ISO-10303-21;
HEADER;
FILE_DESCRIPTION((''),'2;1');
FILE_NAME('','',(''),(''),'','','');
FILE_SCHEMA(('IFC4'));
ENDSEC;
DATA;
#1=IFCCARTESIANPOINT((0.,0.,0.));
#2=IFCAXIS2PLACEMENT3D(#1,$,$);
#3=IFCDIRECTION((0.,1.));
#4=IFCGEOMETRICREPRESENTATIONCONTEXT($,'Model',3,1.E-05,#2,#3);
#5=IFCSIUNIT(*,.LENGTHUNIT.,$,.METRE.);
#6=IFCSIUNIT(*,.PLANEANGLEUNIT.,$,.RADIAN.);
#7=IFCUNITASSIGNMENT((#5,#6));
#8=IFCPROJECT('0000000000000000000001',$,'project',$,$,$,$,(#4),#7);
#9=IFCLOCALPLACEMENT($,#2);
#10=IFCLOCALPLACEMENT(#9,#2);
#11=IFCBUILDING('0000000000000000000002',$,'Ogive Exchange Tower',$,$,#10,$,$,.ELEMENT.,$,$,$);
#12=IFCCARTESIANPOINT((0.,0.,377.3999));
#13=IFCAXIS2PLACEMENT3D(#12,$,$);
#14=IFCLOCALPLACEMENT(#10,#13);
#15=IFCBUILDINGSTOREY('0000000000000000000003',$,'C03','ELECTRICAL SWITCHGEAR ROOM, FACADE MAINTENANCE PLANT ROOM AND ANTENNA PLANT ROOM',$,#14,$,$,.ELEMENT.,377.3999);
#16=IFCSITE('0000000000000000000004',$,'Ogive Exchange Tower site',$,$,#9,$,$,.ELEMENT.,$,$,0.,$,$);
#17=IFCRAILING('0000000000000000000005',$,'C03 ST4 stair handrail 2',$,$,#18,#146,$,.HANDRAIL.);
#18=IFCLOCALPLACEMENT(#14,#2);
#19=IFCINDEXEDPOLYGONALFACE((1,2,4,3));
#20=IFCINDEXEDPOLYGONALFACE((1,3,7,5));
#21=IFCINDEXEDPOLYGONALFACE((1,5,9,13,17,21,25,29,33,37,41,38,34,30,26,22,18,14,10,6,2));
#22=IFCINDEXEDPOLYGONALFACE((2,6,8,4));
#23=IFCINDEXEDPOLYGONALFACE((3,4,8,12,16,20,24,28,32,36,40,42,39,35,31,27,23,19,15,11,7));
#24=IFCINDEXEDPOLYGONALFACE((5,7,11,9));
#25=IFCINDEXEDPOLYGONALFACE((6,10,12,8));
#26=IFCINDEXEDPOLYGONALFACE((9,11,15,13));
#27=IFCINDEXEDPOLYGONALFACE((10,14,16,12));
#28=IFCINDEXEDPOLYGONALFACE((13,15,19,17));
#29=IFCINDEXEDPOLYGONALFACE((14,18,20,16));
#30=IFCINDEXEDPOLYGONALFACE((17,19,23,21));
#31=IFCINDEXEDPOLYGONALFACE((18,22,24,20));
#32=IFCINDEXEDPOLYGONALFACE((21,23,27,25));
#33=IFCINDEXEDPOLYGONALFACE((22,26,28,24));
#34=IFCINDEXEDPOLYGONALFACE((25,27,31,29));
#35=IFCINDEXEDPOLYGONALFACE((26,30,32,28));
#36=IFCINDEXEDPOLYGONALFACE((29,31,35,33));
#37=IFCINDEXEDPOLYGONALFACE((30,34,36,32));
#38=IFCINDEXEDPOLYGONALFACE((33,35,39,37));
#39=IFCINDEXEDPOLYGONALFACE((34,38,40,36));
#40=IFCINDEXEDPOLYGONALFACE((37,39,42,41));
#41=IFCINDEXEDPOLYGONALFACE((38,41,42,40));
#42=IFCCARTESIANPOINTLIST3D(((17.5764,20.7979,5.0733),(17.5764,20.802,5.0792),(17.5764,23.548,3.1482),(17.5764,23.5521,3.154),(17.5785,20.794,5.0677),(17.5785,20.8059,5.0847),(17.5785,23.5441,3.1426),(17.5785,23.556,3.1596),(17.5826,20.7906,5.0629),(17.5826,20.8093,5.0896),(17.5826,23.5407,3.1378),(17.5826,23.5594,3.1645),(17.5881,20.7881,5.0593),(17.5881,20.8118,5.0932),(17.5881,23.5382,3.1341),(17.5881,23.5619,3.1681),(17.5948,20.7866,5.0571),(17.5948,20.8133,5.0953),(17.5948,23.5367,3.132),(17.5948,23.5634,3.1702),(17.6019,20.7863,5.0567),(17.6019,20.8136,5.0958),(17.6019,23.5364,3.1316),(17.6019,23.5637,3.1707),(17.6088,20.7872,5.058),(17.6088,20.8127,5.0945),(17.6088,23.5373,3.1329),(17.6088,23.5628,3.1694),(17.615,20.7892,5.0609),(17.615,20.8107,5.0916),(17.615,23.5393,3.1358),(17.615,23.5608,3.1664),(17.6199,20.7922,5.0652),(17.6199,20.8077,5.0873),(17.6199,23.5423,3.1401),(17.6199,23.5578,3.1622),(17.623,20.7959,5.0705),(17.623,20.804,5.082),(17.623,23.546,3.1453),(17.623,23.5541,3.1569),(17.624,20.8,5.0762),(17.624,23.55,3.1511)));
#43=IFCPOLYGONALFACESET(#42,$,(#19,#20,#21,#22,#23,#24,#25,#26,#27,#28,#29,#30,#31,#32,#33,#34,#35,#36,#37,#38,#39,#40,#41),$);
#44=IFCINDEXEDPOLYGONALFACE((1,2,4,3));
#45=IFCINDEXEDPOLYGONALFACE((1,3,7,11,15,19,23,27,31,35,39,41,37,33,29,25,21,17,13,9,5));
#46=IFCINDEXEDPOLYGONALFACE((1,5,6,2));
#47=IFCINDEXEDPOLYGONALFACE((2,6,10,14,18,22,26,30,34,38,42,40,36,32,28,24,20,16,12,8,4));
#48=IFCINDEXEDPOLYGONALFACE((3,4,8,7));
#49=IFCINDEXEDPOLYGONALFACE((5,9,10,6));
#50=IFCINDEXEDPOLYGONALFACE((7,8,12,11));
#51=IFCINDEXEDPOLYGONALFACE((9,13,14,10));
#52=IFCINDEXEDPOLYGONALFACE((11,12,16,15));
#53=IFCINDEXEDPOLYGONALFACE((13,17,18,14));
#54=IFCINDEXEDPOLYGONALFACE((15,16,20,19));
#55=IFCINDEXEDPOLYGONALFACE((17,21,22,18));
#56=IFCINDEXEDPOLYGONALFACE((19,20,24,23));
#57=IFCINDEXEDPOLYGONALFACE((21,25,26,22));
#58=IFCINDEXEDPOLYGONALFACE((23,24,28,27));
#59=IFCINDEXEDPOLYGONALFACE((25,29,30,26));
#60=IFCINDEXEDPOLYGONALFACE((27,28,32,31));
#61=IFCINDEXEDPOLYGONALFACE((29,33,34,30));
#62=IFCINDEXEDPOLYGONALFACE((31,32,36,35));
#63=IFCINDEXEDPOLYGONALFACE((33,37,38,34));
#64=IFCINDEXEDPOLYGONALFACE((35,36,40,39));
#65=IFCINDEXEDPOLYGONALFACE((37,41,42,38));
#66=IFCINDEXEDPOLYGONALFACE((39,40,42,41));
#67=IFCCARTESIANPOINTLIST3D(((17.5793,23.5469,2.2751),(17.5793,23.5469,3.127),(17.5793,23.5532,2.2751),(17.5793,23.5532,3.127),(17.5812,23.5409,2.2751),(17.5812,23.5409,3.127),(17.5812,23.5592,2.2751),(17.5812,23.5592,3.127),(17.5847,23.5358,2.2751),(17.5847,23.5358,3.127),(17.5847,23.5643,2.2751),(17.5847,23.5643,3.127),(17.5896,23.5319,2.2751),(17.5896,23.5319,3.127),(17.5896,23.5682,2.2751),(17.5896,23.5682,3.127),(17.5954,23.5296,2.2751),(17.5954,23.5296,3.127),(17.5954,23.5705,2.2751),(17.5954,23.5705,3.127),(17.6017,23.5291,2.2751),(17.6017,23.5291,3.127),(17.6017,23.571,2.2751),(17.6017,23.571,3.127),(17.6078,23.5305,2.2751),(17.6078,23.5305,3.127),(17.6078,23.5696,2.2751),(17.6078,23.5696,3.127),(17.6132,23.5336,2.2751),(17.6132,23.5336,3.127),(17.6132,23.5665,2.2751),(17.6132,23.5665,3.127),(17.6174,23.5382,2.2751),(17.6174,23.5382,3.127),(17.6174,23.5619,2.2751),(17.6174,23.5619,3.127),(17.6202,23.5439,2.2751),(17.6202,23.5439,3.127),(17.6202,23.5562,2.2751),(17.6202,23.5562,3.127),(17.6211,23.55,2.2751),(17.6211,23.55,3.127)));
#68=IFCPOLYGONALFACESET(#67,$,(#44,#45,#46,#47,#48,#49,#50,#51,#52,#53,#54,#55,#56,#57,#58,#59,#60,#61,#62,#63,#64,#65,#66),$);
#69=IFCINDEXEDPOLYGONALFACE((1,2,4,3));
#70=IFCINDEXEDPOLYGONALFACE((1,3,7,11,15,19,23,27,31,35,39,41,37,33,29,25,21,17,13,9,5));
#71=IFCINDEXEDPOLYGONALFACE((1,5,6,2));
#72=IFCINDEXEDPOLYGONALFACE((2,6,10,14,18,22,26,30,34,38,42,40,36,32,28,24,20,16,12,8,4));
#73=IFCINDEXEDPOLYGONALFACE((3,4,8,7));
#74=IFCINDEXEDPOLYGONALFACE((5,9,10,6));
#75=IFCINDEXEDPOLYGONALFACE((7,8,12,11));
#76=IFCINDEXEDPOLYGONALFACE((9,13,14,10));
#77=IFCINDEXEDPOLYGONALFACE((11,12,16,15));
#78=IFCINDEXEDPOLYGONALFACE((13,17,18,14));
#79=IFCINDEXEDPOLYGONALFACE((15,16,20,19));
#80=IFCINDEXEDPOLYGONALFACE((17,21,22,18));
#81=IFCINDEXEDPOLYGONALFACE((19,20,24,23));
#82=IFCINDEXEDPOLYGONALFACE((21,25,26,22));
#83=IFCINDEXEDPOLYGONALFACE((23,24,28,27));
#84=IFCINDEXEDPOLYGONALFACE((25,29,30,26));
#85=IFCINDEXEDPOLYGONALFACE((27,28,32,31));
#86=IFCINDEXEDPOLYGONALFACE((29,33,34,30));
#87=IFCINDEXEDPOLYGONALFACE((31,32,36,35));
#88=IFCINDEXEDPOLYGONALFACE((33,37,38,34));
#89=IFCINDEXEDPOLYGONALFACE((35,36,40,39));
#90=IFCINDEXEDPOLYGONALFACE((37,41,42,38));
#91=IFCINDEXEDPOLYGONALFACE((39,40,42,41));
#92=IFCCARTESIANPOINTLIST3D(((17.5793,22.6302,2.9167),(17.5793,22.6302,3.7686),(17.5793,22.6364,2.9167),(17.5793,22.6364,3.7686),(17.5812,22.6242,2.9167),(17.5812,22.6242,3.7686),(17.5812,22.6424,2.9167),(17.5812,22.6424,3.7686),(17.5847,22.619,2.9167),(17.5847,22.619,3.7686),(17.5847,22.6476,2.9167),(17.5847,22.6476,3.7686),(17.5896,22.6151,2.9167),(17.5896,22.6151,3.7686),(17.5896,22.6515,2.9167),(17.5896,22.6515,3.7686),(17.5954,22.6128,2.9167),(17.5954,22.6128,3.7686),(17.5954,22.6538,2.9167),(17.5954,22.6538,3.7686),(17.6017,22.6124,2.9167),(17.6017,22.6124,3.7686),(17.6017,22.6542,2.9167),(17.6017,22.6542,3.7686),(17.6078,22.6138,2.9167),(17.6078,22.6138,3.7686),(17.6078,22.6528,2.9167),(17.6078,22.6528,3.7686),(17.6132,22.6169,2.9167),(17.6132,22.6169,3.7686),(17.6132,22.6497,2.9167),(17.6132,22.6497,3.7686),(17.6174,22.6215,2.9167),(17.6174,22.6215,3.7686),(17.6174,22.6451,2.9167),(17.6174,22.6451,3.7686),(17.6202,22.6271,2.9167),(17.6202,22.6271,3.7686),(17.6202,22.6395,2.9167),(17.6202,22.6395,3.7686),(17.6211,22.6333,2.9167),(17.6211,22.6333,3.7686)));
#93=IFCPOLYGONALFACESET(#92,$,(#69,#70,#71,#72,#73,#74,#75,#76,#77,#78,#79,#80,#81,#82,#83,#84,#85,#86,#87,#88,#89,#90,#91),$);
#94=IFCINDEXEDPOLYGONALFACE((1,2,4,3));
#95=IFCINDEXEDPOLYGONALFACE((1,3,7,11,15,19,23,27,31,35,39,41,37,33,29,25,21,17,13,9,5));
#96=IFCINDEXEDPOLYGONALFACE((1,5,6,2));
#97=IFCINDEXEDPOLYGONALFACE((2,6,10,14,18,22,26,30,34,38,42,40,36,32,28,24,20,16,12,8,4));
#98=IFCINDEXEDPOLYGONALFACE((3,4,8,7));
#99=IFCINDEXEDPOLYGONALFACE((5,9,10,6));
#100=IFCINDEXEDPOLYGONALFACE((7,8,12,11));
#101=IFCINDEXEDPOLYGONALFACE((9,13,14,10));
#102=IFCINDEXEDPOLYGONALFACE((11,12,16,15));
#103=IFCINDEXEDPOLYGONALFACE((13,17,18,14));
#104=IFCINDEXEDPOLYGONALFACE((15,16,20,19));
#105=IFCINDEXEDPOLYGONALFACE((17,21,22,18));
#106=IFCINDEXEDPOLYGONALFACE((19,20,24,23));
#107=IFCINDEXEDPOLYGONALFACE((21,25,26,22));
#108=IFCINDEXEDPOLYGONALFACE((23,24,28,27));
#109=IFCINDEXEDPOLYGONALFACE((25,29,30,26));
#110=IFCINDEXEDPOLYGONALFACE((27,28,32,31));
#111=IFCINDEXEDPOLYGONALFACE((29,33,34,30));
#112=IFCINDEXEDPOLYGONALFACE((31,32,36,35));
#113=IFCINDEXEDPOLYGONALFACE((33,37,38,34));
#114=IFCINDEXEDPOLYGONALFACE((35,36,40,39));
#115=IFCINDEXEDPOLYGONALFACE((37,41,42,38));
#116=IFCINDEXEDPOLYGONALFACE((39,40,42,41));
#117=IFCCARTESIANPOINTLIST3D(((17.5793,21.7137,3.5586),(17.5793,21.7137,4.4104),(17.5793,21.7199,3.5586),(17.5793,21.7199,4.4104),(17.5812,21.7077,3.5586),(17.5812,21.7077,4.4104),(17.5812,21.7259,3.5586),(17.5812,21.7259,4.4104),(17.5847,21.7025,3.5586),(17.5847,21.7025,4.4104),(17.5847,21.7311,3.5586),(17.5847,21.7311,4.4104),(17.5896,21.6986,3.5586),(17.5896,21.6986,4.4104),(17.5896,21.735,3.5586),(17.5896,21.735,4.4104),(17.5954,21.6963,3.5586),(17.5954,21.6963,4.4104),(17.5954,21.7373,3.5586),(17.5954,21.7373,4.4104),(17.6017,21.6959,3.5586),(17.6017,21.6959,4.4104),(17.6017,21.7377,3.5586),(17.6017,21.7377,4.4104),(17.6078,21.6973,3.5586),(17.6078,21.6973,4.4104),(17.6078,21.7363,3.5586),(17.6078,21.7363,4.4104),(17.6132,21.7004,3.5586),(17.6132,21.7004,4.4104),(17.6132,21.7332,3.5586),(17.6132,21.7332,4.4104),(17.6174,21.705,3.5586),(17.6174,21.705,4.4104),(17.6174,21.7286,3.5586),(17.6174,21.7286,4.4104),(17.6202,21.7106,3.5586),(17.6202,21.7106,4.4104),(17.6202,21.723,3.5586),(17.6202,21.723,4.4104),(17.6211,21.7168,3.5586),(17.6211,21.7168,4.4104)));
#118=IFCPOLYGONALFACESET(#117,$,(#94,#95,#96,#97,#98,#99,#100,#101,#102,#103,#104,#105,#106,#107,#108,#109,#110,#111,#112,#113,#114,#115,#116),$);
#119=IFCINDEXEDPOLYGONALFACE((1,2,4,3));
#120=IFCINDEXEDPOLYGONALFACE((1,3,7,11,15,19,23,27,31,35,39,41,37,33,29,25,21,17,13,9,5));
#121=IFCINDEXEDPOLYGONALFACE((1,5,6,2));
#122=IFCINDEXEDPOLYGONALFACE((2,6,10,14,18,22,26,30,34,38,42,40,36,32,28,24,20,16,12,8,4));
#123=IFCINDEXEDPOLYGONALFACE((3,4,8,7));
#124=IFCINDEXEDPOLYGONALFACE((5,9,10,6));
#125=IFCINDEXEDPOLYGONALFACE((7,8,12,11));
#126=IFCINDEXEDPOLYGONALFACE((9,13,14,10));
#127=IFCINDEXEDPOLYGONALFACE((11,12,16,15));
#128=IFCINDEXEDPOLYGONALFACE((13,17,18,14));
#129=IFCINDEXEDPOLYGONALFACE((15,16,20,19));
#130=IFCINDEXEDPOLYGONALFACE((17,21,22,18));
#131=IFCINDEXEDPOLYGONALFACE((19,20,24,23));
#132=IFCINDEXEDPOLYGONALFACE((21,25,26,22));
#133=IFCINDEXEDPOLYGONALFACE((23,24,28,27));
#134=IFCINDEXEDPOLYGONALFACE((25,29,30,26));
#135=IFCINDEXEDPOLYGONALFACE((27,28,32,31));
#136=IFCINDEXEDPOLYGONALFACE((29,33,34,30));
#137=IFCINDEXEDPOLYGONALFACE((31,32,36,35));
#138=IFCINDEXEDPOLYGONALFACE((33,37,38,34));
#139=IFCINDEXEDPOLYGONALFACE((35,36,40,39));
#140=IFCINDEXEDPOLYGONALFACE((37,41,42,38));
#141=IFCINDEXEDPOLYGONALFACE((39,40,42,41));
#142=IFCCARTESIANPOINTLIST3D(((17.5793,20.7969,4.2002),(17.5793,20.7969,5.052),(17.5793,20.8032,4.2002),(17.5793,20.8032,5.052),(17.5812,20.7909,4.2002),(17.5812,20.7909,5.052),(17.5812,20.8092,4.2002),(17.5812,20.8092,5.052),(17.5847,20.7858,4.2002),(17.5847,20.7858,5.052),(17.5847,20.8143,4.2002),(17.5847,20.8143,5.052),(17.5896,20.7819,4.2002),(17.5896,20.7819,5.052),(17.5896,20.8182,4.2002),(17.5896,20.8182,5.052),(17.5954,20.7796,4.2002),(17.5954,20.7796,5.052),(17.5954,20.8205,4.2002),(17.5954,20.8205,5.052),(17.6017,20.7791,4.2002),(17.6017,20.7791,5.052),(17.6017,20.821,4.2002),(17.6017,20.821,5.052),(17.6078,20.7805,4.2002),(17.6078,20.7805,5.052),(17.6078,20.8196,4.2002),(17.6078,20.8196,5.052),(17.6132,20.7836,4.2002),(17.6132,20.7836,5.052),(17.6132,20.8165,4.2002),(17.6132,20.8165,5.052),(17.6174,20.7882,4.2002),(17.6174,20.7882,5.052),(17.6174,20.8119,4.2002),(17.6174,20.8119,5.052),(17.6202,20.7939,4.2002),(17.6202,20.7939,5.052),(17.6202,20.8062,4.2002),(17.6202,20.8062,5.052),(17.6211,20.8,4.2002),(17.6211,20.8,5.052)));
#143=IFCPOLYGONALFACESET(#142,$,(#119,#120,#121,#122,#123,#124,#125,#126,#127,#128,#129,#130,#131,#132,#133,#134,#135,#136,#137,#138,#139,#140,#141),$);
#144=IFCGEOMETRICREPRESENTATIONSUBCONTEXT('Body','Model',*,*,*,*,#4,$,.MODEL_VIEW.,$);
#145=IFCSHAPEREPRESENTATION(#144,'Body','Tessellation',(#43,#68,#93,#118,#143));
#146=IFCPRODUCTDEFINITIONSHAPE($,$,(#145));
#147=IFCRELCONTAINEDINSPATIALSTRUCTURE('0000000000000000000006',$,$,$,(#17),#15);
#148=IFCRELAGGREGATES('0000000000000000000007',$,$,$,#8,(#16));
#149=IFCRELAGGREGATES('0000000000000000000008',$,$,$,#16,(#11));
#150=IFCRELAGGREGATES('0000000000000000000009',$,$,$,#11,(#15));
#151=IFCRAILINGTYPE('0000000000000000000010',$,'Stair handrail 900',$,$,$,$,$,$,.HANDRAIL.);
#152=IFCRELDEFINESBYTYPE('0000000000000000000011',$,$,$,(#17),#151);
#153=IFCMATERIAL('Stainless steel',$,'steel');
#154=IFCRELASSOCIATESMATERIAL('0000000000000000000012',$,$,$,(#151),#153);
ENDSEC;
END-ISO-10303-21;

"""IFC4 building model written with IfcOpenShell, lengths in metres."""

from ifc_helpers import new_model, si_unit, direction, frame, origin, origin_2d, place, context, subcontext, project, spatial, circle, extrude, material, type_object, element, save


model = new_model("IFC4")

# Units and contexts
model_context = context("Model", 3, precision=1e-05, world=origin(), true_north=direction((0.0, 1.0)))
body_context = subcontext(model_context, "Body", "Model", "MODEL_VIEW")
ifc_project = project(units=[si_unit("LENGTHUNIT", "METRE"), si_unit("PLANEANGLEUNIT", "RADIAN")], contexts=[model_context])

# Site, building, storey
site_placement = place(None, origin())
site = spatial("IfcSite", under=ifc_project, at=site_placement, Name="Ogive Exchange Tower site", CompositionType="ELEMENT", RefElevation=0.0)
building_placement = place(site_placement, origin())
building = spatial("IfcBuilding", under=site, at=building_placement, Name="Ogive Exchange Tower", CompositionType="ELEMENT")
storey_placement = place(building_placement, frame((0.0, 0.0, 377.3999)))
storey = spatial("IfcBuildingStorey", under=building, at=storey_placement, Name="C03", Description="ELECTRICAL SWITCHGEAR ROOM, FACADE MAINTENANCE PLANT ROOM AND ANTENNA PLANT ROOM", CompositionType="ELEMENT", Elevation=377.3999)

# Railing
ifc_material_1 = material(Name="Stainless steel", Category="steel")
railing_type = type_object("IfcRailingType", Name="Stair handrail 900", PredefinedType="HANDRAIL", material=ifc_material_1)
railing_placement = place(storey_placement, frame((17.6001, 23.55, 2.2751)))
element("IfcRailing", 1, at=railing_placement, inside=storey, type_object=railing_type, Name="C03 ST4 stair handrail 2", PredefinedType="HANDRAIL", context=body_context, shape_type="SweptSolid", body=[
    extrude(circle(Radius=0.0239, at=origin_2d()), frame((0.0, 0.0, 0.876), z_axis=(0.0, -0.819225, 0.573472), x_axis=(1.0, 0.0, 0.0)), (0.0, 0.0, 1.0), 3.3569),
    extrude(circle(Radius=0.021, at=origin_2d()), origin(), (0.0, 0.0, 1.0), 0.8518),
    extrude(circle(Radius=0.021, at=origin_2d()), frame((0.0, -0.9167, 0.6416)), (0.0, 0.0, 1.0), 0.8518),
    extrude(circle(Radius=0.021, at=origin_2d()), frame((0.0, -1.8333, 1.2834)), (0.0, 0.0, 1.0), 0.8518),
    extrude(circle(Radius=0.021, at=origin_2d()), frame((0.0, -2.75, 1.925)), (0.0, 0.0, 1.0), 0.8518),
])

save(model, "model.ifc")
